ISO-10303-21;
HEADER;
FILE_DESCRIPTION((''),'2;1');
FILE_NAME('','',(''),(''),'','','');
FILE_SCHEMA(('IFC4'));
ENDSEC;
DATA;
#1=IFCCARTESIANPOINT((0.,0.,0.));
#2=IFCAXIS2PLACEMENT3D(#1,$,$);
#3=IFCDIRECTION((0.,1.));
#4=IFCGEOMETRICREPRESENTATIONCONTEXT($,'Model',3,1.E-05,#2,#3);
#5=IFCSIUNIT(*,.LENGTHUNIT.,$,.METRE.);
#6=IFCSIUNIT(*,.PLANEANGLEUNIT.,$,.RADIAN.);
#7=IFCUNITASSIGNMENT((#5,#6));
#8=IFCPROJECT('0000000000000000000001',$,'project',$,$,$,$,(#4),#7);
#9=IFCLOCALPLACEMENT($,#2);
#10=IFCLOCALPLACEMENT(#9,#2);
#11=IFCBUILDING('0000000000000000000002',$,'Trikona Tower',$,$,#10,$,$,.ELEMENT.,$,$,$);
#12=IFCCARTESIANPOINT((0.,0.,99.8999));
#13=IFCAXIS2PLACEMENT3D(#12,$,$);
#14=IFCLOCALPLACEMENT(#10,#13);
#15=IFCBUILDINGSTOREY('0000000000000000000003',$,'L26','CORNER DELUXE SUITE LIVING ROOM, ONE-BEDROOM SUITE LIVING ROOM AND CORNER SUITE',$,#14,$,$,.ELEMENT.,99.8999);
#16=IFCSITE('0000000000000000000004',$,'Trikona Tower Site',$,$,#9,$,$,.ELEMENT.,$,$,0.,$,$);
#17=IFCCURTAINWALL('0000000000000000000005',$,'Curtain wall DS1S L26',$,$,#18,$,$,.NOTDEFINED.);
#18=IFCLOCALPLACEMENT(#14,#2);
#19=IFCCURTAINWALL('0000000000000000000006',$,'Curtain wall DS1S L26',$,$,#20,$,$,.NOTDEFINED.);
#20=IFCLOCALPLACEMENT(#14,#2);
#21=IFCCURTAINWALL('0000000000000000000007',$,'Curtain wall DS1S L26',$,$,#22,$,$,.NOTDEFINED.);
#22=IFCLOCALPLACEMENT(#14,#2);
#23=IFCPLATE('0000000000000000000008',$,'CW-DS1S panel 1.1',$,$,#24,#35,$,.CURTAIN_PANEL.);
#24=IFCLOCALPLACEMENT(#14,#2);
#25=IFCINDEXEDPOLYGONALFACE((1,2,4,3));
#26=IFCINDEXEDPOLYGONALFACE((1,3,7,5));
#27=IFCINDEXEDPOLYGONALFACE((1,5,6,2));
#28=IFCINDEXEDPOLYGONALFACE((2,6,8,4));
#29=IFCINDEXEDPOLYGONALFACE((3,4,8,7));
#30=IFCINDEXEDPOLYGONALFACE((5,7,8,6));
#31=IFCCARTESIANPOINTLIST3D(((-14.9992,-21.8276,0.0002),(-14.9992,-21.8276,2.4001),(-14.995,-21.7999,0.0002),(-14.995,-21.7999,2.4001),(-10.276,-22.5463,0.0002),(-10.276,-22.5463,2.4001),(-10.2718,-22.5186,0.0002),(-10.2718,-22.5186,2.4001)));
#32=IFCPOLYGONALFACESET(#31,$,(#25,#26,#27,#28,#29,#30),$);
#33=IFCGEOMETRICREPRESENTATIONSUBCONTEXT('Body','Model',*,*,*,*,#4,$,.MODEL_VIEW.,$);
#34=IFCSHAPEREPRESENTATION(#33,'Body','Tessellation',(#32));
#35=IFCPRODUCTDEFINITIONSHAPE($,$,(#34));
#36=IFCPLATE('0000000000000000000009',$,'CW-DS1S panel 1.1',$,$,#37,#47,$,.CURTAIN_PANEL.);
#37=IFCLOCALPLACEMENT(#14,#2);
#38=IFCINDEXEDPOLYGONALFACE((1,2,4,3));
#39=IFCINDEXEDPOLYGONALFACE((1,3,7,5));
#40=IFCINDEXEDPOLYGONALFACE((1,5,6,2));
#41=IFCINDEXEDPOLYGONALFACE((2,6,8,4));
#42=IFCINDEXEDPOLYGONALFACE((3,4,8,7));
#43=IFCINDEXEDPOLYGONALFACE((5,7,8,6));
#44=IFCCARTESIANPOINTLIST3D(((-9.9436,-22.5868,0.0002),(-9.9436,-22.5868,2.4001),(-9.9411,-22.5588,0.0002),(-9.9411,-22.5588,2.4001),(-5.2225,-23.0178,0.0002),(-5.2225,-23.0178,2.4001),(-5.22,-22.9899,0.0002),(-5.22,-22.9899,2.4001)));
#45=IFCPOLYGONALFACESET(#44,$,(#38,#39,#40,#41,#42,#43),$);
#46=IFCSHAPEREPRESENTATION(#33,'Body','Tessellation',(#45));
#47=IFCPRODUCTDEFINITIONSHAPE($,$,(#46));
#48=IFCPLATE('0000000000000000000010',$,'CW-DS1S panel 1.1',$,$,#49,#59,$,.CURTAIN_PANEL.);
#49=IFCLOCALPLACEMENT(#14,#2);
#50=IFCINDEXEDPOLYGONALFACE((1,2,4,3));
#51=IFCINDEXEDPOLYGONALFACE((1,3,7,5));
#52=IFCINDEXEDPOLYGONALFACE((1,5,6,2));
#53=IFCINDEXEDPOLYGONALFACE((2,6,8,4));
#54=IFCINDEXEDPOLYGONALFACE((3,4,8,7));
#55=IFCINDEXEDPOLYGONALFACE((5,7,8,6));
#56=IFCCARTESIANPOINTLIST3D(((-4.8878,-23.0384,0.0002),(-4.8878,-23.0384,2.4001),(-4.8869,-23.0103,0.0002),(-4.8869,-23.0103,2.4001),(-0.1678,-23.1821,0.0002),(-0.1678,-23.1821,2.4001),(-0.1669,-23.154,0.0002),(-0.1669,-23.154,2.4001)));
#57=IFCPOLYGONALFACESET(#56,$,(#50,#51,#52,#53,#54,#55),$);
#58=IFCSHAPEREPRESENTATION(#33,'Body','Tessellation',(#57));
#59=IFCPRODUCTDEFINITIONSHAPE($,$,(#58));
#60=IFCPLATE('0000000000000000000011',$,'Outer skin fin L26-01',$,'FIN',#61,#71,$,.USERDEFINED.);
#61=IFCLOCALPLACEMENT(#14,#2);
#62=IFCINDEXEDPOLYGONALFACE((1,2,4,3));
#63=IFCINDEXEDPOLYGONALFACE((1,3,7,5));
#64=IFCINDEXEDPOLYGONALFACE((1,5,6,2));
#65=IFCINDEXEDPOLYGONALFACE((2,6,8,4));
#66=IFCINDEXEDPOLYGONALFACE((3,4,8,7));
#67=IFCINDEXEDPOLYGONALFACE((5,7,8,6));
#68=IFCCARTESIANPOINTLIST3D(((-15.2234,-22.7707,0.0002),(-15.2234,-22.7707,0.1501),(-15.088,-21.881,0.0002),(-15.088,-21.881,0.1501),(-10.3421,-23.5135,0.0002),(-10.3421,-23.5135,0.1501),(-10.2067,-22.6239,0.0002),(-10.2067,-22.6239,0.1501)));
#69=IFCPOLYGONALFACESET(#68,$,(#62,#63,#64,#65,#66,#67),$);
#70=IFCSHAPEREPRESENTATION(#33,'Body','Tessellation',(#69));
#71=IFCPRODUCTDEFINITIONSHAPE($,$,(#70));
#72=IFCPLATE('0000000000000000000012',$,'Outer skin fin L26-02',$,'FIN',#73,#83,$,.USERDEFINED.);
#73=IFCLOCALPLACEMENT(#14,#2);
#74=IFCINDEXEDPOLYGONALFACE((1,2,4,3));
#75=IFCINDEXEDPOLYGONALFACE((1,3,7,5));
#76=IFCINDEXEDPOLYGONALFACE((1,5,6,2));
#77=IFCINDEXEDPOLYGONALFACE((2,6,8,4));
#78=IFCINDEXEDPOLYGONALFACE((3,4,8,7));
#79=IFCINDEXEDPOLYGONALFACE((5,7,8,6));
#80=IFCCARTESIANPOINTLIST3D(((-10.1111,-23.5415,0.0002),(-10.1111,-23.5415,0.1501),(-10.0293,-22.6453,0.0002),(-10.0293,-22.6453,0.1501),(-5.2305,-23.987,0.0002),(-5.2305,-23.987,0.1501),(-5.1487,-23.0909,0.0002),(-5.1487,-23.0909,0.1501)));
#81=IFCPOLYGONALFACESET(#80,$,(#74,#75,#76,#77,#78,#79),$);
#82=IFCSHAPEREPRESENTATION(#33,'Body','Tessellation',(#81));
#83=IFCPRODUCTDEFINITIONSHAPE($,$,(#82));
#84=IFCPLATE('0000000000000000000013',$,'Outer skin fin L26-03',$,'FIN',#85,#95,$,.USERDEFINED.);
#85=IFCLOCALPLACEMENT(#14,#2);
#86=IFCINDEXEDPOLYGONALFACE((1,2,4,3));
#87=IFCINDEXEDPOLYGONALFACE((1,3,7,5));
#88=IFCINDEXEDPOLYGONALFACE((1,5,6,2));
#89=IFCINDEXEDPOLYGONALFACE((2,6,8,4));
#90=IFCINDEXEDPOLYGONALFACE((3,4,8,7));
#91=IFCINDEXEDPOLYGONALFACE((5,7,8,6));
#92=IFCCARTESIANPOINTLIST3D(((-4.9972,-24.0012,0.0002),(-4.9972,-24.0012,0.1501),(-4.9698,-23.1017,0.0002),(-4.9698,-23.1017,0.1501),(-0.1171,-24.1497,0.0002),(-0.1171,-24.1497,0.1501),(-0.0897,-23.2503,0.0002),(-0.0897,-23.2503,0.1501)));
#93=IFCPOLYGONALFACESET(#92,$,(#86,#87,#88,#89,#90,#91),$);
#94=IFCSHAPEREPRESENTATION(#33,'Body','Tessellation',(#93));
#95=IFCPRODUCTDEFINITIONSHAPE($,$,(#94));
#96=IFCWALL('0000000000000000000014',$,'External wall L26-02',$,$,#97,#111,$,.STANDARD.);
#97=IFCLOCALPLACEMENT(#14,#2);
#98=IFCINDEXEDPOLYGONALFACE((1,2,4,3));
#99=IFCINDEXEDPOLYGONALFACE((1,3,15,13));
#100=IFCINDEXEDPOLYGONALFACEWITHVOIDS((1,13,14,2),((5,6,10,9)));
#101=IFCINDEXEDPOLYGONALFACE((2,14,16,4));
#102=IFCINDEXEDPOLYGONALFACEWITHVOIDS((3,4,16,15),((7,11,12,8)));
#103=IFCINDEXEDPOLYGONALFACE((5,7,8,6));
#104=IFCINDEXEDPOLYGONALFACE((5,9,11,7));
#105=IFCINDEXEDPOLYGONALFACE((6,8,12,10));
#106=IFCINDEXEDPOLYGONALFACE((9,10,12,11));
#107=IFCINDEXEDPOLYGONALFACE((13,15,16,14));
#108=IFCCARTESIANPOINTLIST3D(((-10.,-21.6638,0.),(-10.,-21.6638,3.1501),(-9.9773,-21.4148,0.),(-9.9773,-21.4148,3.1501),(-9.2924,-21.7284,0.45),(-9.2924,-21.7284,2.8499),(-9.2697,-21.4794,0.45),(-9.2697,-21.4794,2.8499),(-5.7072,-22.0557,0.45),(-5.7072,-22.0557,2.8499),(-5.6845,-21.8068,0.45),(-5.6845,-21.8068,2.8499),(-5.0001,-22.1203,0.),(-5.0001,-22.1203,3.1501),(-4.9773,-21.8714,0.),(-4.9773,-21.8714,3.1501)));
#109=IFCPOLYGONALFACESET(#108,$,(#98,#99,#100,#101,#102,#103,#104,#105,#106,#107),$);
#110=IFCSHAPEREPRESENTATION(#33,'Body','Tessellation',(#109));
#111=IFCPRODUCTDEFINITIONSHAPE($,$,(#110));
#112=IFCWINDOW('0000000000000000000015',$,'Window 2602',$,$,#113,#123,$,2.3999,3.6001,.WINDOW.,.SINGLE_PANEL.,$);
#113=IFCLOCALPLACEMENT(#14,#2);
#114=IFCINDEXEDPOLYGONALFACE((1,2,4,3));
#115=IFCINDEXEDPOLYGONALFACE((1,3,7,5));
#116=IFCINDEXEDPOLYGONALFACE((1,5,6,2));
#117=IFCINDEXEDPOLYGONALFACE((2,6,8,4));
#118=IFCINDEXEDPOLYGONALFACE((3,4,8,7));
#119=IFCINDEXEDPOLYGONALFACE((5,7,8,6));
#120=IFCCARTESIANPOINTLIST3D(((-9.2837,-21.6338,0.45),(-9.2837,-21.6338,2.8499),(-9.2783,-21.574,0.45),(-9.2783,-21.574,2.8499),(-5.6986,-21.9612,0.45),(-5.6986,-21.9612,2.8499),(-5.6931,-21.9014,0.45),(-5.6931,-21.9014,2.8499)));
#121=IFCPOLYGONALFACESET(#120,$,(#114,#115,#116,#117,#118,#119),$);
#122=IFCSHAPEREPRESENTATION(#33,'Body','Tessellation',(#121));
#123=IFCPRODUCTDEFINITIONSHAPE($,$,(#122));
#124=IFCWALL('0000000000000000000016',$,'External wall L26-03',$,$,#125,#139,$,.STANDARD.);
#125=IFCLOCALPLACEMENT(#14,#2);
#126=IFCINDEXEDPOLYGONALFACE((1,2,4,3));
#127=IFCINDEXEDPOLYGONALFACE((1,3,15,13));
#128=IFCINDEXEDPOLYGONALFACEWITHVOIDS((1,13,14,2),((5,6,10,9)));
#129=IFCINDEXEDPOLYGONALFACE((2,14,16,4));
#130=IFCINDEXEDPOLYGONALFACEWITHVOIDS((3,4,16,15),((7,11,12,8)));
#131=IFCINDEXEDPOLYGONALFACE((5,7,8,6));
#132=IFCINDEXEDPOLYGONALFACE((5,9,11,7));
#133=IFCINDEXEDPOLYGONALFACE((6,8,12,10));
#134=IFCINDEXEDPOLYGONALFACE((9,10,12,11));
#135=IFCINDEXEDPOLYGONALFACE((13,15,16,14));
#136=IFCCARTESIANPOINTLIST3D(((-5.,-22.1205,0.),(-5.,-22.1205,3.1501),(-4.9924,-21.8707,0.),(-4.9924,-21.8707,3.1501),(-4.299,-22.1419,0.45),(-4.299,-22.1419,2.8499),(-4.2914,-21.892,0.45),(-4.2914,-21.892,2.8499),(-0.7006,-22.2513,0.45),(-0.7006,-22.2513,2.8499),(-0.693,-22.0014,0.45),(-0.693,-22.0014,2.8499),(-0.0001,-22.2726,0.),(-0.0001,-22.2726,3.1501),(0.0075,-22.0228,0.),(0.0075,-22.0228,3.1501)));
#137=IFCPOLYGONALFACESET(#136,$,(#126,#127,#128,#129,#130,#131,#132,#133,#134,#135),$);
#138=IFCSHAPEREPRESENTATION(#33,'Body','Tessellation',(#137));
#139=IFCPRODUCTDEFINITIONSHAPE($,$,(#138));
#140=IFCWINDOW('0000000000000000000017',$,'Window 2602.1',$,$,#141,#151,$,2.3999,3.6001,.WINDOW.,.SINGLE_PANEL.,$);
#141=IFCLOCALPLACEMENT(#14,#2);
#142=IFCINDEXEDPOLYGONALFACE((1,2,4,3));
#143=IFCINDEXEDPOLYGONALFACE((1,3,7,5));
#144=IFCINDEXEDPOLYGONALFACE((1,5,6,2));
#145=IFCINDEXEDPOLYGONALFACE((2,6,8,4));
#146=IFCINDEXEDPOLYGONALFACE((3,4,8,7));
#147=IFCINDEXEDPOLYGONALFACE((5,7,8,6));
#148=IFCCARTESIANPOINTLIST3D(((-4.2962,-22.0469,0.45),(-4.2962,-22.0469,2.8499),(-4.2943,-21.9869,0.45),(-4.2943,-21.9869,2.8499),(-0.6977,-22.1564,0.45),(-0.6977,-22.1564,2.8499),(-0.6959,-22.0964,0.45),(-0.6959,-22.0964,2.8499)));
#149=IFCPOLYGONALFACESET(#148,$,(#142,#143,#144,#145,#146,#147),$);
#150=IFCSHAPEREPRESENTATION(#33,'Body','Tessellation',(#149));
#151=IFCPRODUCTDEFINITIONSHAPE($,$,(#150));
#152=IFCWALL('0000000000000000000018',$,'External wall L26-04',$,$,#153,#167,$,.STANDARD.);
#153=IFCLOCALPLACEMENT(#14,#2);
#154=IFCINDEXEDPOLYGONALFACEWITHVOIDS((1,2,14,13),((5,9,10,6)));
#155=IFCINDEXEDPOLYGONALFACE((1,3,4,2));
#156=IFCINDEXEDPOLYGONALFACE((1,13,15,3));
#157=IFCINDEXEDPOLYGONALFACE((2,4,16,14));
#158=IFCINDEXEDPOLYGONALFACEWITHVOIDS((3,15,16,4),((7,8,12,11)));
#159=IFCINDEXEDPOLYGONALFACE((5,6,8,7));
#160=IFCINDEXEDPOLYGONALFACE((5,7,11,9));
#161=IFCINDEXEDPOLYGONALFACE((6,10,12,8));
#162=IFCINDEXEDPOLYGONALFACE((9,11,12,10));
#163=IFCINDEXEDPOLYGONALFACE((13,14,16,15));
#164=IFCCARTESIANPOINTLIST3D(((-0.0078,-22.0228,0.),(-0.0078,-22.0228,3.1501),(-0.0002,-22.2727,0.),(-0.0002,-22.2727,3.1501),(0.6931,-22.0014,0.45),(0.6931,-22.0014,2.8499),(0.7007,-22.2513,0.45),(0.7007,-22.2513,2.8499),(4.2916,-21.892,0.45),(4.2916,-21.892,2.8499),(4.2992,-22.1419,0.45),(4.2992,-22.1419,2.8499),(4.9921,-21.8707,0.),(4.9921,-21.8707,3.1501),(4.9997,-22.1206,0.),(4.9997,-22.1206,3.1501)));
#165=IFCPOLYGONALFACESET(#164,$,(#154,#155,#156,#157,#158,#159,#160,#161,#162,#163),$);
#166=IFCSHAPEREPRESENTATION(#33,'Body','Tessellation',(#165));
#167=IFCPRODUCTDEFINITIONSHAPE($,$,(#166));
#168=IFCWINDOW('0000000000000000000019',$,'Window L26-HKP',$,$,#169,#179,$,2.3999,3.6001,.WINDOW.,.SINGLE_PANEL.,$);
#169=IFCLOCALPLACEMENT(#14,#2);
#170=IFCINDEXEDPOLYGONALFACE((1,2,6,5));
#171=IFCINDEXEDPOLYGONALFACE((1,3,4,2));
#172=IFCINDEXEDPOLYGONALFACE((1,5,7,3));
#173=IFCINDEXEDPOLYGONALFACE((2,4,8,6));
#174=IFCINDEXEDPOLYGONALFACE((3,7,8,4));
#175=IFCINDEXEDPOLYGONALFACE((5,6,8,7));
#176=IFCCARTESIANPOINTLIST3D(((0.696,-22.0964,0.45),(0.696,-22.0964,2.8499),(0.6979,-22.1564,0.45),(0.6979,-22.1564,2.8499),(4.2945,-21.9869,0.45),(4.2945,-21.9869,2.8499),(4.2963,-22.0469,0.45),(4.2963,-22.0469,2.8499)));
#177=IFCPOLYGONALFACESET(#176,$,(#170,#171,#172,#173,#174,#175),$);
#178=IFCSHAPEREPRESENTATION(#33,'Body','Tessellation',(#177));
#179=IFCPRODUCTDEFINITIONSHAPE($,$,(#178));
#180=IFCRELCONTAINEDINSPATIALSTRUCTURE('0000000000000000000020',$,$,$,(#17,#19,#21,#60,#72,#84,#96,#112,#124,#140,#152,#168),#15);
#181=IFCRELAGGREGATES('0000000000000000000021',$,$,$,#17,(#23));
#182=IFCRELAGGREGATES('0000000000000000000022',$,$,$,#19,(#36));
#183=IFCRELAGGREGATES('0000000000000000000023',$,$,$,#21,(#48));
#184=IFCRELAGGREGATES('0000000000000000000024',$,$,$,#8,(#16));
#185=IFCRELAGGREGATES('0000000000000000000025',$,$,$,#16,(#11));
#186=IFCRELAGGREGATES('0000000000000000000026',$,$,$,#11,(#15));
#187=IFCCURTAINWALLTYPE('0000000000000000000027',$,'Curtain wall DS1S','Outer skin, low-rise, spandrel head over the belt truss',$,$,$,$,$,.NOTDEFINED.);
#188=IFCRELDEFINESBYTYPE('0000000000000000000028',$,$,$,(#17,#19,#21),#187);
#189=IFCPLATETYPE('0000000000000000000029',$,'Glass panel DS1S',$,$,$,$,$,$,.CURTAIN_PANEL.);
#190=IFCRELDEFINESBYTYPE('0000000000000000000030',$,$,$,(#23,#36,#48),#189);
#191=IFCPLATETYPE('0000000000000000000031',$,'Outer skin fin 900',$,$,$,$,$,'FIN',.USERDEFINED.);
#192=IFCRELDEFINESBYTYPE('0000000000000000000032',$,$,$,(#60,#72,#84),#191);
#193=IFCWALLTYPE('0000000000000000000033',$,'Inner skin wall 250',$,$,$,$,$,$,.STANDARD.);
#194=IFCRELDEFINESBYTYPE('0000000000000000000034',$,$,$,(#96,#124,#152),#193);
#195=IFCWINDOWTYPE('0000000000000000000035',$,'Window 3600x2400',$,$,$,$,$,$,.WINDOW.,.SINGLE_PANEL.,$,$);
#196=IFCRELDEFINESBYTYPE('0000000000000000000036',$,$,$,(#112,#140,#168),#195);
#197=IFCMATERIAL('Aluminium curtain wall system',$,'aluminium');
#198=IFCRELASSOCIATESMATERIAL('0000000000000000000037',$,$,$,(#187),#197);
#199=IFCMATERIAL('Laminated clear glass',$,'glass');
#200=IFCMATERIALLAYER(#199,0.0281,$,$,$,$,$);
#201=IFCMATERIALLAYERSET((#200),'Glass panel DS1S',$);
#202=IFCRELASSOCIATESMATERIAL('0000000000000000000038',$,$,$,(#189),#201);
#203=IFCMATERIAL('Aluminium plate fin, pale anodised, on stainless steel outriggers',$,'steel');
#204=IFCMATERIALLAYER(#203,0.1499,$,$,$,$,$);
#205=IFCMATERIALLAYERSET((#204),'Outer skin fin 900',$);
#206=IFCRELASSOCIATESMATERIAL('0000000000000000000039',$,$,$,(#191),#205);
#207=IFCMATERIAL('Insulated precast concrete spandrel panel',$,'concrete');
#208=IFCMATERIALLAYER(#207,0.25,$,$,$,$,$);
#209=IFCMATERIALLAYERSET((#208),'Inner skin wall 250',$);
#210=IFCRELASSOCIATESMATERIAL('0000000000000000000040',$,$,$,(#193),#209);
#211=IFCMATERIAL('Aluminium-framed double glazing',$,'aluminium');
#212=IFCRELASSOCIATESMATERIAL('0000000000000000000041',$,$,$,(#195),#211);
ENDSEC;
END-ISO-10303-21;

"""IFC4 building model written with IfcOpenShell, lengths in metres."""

from ifc_helpers import new_model, si_unit, direction, frame, frame_2d, origin, origin_2d, place, context, subcontext, project, spatial, rectangle, extrude, material, layer, layer_set, type_object, element, fill, aggregate, save


model = new_model("IFC4")

# Units and contexts
model_context = context("Model", 3, precision=1e-05, world=origin(), true_north=direction((0.0, 1.0)))
body_context = subcontext(model_context, "Body", "Model", "MODEL_VIEW")
ifc_project = project(units=[si_unit("LENGTHUNIT", "METRE"), si_unit("PLANEANGLEUNIT", "RADIAN")], contexts=[model_context])

# Site, building, storey
site_placement = place(None, origin())
site = spatial("IfcSite", under=ifc_project, at=site_placement, Name="Trikona Tower Site", CompositionType="ELEMENT", RefElevation=0.0)
building_placement = place(site_placement, origin())
building = spatial("IfcBuilding", under=site, at=building_placement, Name="Trikona Tower", CompositionType="ELEMENT")
storey_placement = place(building_placement, frame((0.0, 0.0, 99.8999)))
storey = spatial("IfcBuildingStorey", under=building, at=storey_placement, Name="L26", Description="CORNER DELUXE SUITE LIVING ROOM, ONE-BEDROOM SUITE LIVING ROOM AND CORNER SUITE", CompositionType="ELEMENT", Elevation=99.8999)

# Curtain wall
ifc_material_1 = material(Name="Aluminium curtain wall system", Category="aluminium")
curtain_wall_type = type_object("IfcCurtainWallType", Name="Curtain wall DS1S", Description="Outer skin, low-rise, spandrel head over the belt truss", PredefinedType="NOTDEFINED", material=ifc_material_1)
curtain_wall_1_placement = place(storey_placement, origin())
curtain_wall_1 = element("IfcCurtainWall", 1, at=curtain_wall_1_placement, inside=storey, type_object=curtain_wall_type, Name="Curtain wall DS1S L26", PredefinedType="NOTDEFINED")

# Curtain walls
curtain_wall_2_placement = place(storey_placement, origin())
curtain_wall_2 = element("IfcCurtainWall", 2, at=curtain_wall_2_placement, inside=storey, type_object=curtain_wall_type, Name="Curtain wall DS1S L26", PredefinedType="NOTDEFINED")
curtain_wall_3_placement = place(storey_placement, origin())
curtain_wall_3 = element("IfcCurtainWall", 3, at=curtain_wall_3_placement, inside=storey, type_object=curtain_wall_type, Name="Curtain wall DS1S L26", PredefinedType="NOTDEFINED")

# Plates
ifc_material_2 = material(Name="Laminated clear glass", Category="glass")
ifc_layer_1 = layer(ifc_material_2, 0.0281)
ifc_layer_set_1 = layer_set([ifc_layer_1], Name="Glass panel DS1S")
plate_type_1 = type_object("IfcPlateType", Name="Glass panel DS1S", PredefinedType="CURTAIN_PANEL", material=ifc_layer_set_1)
plate_1_placement = place(storey_placement, frame((-12.6355, -22.1731, 0.0002), z_axis=(0.0, 0.0, 1.0), x_axis=(0.988619, -0.150438, 0.0)))
plate_1 = element("IfcPlate", 4, at=plate_1_placement, type_object=plate_type_1, Name="CW-DS1S panel 1.1", PredefinedType="CURTAIN_PANEL", context=body_context, shape_type="SweptSolid", body=[
    extrude(rectangle(XDim=4.7776, YDim=0.0281, at=origin_2d()), origin(), (0.0, 0.0, 1.0), 2.3999),
])
aggregate(curtain_wall_1, [plate_1])
plate_2_placement = place(storey_placement, frame((-7.5818, -22.7883, 0.0002), z_axis=(0.0, 0.0, 1.0), x_axis=(0.995858, -0.090924, 0.0)))
plate_2 = element("IfcPlate", 5, at=plate_2_placement, type_object=plate_type_1, Name="CW-DS1S panel 1.1", PredefinedType="CURTAIN_PANEL", context=body_context, shape_type="SweptSolid", body=[
    extrude(rectangle(XDim=4.7407, YDim=0.0281, at=origin_2d()), origin(), (0.0, 0.0, 1.0), 2.3999),
])
aggregate(curtain_wall_2, [plate_2])
plate_3_placement = place(storey_placement, frame((-2.5273, -23.0962, 0.0002), z_axis=(0.0, 0.0, 1.0), x_axis=(0.999537, -0.030437, 0.0)))
plate_3 = element("IfcPlate", 6, at=plate_3_placement, type_object=plate_type_1, Name="CW-DS1S panel 1.1", PredefinedType="CURTAIN_PANEL", context=body_context, shape_type="SweptSolid", body=[
    extrude(rectangle(XDim=4.7222, YDim=0.0281, at=origin_2d()), origin(), (0.0, 0.0, 1.0), 2.3999),
])
aggregate(curtain_wall_3, [plate_3])

# Plates
ifc_material_3 = material(Name="Aluminium plate fin, pale anodised, on stainless steel outriggers", Category="steel")
ifc_layer_2 = layer(ifc_material_3, 0.1499)
ifc_layer_set_2 = layer_set([ifc_layer_2], Name="Outer skin fin 900")
plate_type_2 = type_object("IfcPlateType", Name="Outer skin fin 900", ElementType="FIN", PredefinedType="USERDEFINED", material=ifc_layer_set_2)
plate_4_placement = place(storey_placement, frame((-12.7151, -22.6973, 0.0002), z_axis=(0.0, 0.0, 1.0), x_axis=(0.988618, -0.150448, 0.0)))
element("IfcPlate", 7, at=plate_4_placement, inside=storey, type_object=plate_type_2, Name="Outer skin fin L26-01", ObjectType="FIN", PredefinedType="USERDEFINED", context=body_context, shape_type="SweptSolid", body=[
    extrude(rectangle(XDim=4.9375, YDim=0.8999, at=origin_2d()), origin(), (0.0, 0.0, 1.0), 0.1499),
])
plate_5_placement = place(storey_placement, frame((-7.6299, -23.3162, 0.0002), z_axis=(0.0, 0.0, 1.0), x_axis=(0.995858, -0.090921, 0.0)))
element("IfcPlate", 8, at=plate_5_placement, inside=storey, type_object=plate_type_2, Name="Outer skin fin L26-02", ObjectType="FIN", PredefinedType="USERDEFINED", context=body_context, shape_type="SweptSolid", body=[
    extrude(rectangle(XDim=4.9009, YDim=0.8999, at=origin_2d()), origin(), (0.0, 0.0, 1.0), 0.1499),
])
plate_6_placement = place(storey_placement, frame((-2.5435, -23.6257, 0.0002), z_axis=(0.0, 0.0, 1.0), x_axis=(0.999537, -0.030425, 0.0)))
element("IfcPlate", 9, at=plate_6_placement, inside=storey, type_object=plate_type_2, Name="Outer skin fin L26-03", ObjectType="FIN", PredefinedType="USERDEFINED", context=body_context, shape_type="SweptSolid", body=[
    extrude(rectangle(XDim=4.8823, YDim=0.8999, at=origin_2d()), origin(), (0.0, 0.0, 1.0), 0.1499),
])

# Walls, openings, windows
ifc_material_4 = material(Name="Insulated precast concrete spandrel panel", Category="concrete")
ifc_layer_3 = layer(ifc_material_4, 0.25)
ifc_layer_set_3 = layer_set([ifc_layer_3], Name="Inner skin wall 250")
wall_type = type_object("IfcWallType", Name="Inner skin wall 250", PredefinedType="STANDARD", material=ifc_layer_set_3)
wall_1_placement = place(storey_placement, frame((-9.9885, -21.5393, 0.0), z_axis=(0.0, 0.0, 1.0), x_axis=(0.995857, -0.09093, 0.0)))
wall_1 = element("IfcWall", 10, at=wall_1_placement, inside=storey, type_object=wall_type, Name="External wall L26-02", PredefinedType="STANDARD", context=body_context, shape_type="SweptSolid", body=[
    extrude(rectangle(XDim=5.0208, YDim=0.25, at=frame_2d((2.5103, 0.0))), origin(), (0.0, 0.0, 1.0), 3.1501),
])
opening_1_placement = place(wall_1_placement, frame((0.7104, 0.0, 0.45)))
opening_1 = element("IfcOpeningElement", 11, at=opening_1_placement, cuts=wall_1, PredefinedType="OPENING", context=body_context, shape_type="SweptSolid", body=[
    extrude(rectangle(XDim=3.6001, YDim=2.3999, at=frame_2d((1.8, 1.2))), frame((0.0, 0.135, 0.0), z_axis=(0.0, -1.0, 0.0), x_axis=(1.0, 0.0, 0.0)), (0.0, 0.0, 1.0), 0.27),
])
ifc_material_5 = material(Name="Aluminium-framed double glazing", Category="aluminium")
window_type = type_object("IfcWindowType", Name="Window 3600x2400", PartitioningType="SINGLE_PANEL", PredefinedType="WINDOW", material=ifc_material_5)
window_1_placement = place(opening_1_placement, origin())
window_1 = element("IfcWindow", 12, at=window_1_placement, inside=storey, type_object=window_type, Name="Window 2602", OverallHeight=2.3999, OverallWidth=3.6001, PartitioningType="SINGLE_PANEL", PredefinedType="WINDOW", context=body_context, shape_type="SweptSolid", body=[
    extrude(rectangle(XDim=3.6001, YDim=2.3999, at=frame_2d((1.8, 1.2))), frame((0.0, 0.03, 0.0), z_axis=(0.0, -1.0, 0.0), x_axis=(1.0, 0.0, 0.0)), (0.0, 0.0, 1.0), 0.0601),
])
fill(opening_1, window_1)
wall_2_placement = place(storey_placement, frame((-4.9961, -21.9956, 0.0), z_axis=(0.0, 0.0, 1.0), x_axis=(0.999538, -0.030406, 0.0)))
wall_2 = element("IfcWall", 13, at=wall_2_placement, inside=storey, type_object=wall_type, Name="External wall L26-03", PredefinedType="STANDARD", context=body_context, shape_type="SweptSolid", body=[
    extrude(rectangle(XDim=5.0022, YDim=0.25, at=frame_2d((2.501, 0.0))), origin(), (0.0, 0.0, 1.0), 3.1501),
])
opening_2_placement = place(wall_2_placement, frame((0.7012, 0.0, 0.45)))
opening_2 = element("IfcOpeningElement", 14, at=opening_2_placement, cuts=wall_2, PredefinedType="OPENING", context=body_context, shape_type="SweptSolid", body=[
    extrude(rectangle(XDim=3.6001, YDim=2.3999, at=frame_2d((1.8, 1.2))), frame((0.0, 0.135, 0.0), z_axis=(0.0, -1.0, 0.0), x_axis=(1.0, 0.0, 0.0)), (0.0, 0.0, 1.0), 0.27),
])
window_2_placement = place(opening_2_placement, origin())
window_2 = element("IfcWindow", 15, at=window_2_placement, inside=storey, type_object=window_type, Name="Window 2602.1", OverallHeight=2.3999, OverallWidth=3.6001, PartitioningType="SINGLE_PANEL", PredefinedType="WINDOW", context=body_context, shape_type="SweptSolid", body=[
    extrude(rectangle(XDim=3.6001, YDim=2.3999, at=frame_2d((1.8, 1.2))), frame((0.0, 0.03, 0.0), z_axis=(0.0, -1.0, 0.0), x_axis=(1.0, 0.0, 0.0)), (0.0, 0.0, 1.0), 0.0601),
])
fill(opening_2, window_2)
wall_3_placement = place(storey_placement, frame((-0.0039, -22.1477, 0.0), z_axis=(0.0, 0.0, 1.0), x_axis=(0.999538, 0.030406, 0.0)))
wall_3 = element("IfcWall", 16, at=wall_3_placement, inside=storey, type_object=wall_type, Name="External wall L26-04", PredefinedType="STANDARD", context=body_context, shape_type="SweptSolid", body=[
    extrude(rectangle(XDim=5.0022, YDim=0.25, at=frame_2d((2.501, 0.0))), origin(), (0.0, 0.0, 1.0), 3.1501),
])
opening_3_placement = place(wall_3_placement, frame((0.7012, 0.0, 0.45)))
opening_3 = element("IfcOpeningElement", 17, at=opening_3_placement, cuts=wall_3, PredefinedType="OPENING", context=body_context, shape_type="SweptSolid", body=[
    extrude(rectangle(XDim=3.6001, YDim=2.3999, at=frame_2d((1.8, 1.2))), frame((0.0, 0.135, 0.0), z_axis=(0.0, -1.0, 0.0), x_axis=(1.0, 0.0, 0.0)), (0.0, 0.0, 1.0), 0.27),
])
window_3_placement = place(opening_3_placement, origin())
window_3 = element("IfcWindow", 18, at=window_3_placement, inside=storey, type_object=window_type, Name="Window L26-HKP", OverallHeight=2.3999, OverallWidth=3.6001, PartitioningType="SINGLE_PANEL", PredefinedType="WINDOW", context=body_context, shape_type="SweptSolid", body=[
    extrude(rectangle(XDim=3.6001, YDim=2.3999, at=frame_2d((1.8, 1.2))), frame((0.0, 0.03, 0.0), z_axis=(0.0, -1.0, 0.0), x_axis=(1.0, 0.0, 0.0)), (0.0, 0.0, 1.0), 0.0601),
])
fill(opening_3, window_3)

save(model, "model.ifc")
